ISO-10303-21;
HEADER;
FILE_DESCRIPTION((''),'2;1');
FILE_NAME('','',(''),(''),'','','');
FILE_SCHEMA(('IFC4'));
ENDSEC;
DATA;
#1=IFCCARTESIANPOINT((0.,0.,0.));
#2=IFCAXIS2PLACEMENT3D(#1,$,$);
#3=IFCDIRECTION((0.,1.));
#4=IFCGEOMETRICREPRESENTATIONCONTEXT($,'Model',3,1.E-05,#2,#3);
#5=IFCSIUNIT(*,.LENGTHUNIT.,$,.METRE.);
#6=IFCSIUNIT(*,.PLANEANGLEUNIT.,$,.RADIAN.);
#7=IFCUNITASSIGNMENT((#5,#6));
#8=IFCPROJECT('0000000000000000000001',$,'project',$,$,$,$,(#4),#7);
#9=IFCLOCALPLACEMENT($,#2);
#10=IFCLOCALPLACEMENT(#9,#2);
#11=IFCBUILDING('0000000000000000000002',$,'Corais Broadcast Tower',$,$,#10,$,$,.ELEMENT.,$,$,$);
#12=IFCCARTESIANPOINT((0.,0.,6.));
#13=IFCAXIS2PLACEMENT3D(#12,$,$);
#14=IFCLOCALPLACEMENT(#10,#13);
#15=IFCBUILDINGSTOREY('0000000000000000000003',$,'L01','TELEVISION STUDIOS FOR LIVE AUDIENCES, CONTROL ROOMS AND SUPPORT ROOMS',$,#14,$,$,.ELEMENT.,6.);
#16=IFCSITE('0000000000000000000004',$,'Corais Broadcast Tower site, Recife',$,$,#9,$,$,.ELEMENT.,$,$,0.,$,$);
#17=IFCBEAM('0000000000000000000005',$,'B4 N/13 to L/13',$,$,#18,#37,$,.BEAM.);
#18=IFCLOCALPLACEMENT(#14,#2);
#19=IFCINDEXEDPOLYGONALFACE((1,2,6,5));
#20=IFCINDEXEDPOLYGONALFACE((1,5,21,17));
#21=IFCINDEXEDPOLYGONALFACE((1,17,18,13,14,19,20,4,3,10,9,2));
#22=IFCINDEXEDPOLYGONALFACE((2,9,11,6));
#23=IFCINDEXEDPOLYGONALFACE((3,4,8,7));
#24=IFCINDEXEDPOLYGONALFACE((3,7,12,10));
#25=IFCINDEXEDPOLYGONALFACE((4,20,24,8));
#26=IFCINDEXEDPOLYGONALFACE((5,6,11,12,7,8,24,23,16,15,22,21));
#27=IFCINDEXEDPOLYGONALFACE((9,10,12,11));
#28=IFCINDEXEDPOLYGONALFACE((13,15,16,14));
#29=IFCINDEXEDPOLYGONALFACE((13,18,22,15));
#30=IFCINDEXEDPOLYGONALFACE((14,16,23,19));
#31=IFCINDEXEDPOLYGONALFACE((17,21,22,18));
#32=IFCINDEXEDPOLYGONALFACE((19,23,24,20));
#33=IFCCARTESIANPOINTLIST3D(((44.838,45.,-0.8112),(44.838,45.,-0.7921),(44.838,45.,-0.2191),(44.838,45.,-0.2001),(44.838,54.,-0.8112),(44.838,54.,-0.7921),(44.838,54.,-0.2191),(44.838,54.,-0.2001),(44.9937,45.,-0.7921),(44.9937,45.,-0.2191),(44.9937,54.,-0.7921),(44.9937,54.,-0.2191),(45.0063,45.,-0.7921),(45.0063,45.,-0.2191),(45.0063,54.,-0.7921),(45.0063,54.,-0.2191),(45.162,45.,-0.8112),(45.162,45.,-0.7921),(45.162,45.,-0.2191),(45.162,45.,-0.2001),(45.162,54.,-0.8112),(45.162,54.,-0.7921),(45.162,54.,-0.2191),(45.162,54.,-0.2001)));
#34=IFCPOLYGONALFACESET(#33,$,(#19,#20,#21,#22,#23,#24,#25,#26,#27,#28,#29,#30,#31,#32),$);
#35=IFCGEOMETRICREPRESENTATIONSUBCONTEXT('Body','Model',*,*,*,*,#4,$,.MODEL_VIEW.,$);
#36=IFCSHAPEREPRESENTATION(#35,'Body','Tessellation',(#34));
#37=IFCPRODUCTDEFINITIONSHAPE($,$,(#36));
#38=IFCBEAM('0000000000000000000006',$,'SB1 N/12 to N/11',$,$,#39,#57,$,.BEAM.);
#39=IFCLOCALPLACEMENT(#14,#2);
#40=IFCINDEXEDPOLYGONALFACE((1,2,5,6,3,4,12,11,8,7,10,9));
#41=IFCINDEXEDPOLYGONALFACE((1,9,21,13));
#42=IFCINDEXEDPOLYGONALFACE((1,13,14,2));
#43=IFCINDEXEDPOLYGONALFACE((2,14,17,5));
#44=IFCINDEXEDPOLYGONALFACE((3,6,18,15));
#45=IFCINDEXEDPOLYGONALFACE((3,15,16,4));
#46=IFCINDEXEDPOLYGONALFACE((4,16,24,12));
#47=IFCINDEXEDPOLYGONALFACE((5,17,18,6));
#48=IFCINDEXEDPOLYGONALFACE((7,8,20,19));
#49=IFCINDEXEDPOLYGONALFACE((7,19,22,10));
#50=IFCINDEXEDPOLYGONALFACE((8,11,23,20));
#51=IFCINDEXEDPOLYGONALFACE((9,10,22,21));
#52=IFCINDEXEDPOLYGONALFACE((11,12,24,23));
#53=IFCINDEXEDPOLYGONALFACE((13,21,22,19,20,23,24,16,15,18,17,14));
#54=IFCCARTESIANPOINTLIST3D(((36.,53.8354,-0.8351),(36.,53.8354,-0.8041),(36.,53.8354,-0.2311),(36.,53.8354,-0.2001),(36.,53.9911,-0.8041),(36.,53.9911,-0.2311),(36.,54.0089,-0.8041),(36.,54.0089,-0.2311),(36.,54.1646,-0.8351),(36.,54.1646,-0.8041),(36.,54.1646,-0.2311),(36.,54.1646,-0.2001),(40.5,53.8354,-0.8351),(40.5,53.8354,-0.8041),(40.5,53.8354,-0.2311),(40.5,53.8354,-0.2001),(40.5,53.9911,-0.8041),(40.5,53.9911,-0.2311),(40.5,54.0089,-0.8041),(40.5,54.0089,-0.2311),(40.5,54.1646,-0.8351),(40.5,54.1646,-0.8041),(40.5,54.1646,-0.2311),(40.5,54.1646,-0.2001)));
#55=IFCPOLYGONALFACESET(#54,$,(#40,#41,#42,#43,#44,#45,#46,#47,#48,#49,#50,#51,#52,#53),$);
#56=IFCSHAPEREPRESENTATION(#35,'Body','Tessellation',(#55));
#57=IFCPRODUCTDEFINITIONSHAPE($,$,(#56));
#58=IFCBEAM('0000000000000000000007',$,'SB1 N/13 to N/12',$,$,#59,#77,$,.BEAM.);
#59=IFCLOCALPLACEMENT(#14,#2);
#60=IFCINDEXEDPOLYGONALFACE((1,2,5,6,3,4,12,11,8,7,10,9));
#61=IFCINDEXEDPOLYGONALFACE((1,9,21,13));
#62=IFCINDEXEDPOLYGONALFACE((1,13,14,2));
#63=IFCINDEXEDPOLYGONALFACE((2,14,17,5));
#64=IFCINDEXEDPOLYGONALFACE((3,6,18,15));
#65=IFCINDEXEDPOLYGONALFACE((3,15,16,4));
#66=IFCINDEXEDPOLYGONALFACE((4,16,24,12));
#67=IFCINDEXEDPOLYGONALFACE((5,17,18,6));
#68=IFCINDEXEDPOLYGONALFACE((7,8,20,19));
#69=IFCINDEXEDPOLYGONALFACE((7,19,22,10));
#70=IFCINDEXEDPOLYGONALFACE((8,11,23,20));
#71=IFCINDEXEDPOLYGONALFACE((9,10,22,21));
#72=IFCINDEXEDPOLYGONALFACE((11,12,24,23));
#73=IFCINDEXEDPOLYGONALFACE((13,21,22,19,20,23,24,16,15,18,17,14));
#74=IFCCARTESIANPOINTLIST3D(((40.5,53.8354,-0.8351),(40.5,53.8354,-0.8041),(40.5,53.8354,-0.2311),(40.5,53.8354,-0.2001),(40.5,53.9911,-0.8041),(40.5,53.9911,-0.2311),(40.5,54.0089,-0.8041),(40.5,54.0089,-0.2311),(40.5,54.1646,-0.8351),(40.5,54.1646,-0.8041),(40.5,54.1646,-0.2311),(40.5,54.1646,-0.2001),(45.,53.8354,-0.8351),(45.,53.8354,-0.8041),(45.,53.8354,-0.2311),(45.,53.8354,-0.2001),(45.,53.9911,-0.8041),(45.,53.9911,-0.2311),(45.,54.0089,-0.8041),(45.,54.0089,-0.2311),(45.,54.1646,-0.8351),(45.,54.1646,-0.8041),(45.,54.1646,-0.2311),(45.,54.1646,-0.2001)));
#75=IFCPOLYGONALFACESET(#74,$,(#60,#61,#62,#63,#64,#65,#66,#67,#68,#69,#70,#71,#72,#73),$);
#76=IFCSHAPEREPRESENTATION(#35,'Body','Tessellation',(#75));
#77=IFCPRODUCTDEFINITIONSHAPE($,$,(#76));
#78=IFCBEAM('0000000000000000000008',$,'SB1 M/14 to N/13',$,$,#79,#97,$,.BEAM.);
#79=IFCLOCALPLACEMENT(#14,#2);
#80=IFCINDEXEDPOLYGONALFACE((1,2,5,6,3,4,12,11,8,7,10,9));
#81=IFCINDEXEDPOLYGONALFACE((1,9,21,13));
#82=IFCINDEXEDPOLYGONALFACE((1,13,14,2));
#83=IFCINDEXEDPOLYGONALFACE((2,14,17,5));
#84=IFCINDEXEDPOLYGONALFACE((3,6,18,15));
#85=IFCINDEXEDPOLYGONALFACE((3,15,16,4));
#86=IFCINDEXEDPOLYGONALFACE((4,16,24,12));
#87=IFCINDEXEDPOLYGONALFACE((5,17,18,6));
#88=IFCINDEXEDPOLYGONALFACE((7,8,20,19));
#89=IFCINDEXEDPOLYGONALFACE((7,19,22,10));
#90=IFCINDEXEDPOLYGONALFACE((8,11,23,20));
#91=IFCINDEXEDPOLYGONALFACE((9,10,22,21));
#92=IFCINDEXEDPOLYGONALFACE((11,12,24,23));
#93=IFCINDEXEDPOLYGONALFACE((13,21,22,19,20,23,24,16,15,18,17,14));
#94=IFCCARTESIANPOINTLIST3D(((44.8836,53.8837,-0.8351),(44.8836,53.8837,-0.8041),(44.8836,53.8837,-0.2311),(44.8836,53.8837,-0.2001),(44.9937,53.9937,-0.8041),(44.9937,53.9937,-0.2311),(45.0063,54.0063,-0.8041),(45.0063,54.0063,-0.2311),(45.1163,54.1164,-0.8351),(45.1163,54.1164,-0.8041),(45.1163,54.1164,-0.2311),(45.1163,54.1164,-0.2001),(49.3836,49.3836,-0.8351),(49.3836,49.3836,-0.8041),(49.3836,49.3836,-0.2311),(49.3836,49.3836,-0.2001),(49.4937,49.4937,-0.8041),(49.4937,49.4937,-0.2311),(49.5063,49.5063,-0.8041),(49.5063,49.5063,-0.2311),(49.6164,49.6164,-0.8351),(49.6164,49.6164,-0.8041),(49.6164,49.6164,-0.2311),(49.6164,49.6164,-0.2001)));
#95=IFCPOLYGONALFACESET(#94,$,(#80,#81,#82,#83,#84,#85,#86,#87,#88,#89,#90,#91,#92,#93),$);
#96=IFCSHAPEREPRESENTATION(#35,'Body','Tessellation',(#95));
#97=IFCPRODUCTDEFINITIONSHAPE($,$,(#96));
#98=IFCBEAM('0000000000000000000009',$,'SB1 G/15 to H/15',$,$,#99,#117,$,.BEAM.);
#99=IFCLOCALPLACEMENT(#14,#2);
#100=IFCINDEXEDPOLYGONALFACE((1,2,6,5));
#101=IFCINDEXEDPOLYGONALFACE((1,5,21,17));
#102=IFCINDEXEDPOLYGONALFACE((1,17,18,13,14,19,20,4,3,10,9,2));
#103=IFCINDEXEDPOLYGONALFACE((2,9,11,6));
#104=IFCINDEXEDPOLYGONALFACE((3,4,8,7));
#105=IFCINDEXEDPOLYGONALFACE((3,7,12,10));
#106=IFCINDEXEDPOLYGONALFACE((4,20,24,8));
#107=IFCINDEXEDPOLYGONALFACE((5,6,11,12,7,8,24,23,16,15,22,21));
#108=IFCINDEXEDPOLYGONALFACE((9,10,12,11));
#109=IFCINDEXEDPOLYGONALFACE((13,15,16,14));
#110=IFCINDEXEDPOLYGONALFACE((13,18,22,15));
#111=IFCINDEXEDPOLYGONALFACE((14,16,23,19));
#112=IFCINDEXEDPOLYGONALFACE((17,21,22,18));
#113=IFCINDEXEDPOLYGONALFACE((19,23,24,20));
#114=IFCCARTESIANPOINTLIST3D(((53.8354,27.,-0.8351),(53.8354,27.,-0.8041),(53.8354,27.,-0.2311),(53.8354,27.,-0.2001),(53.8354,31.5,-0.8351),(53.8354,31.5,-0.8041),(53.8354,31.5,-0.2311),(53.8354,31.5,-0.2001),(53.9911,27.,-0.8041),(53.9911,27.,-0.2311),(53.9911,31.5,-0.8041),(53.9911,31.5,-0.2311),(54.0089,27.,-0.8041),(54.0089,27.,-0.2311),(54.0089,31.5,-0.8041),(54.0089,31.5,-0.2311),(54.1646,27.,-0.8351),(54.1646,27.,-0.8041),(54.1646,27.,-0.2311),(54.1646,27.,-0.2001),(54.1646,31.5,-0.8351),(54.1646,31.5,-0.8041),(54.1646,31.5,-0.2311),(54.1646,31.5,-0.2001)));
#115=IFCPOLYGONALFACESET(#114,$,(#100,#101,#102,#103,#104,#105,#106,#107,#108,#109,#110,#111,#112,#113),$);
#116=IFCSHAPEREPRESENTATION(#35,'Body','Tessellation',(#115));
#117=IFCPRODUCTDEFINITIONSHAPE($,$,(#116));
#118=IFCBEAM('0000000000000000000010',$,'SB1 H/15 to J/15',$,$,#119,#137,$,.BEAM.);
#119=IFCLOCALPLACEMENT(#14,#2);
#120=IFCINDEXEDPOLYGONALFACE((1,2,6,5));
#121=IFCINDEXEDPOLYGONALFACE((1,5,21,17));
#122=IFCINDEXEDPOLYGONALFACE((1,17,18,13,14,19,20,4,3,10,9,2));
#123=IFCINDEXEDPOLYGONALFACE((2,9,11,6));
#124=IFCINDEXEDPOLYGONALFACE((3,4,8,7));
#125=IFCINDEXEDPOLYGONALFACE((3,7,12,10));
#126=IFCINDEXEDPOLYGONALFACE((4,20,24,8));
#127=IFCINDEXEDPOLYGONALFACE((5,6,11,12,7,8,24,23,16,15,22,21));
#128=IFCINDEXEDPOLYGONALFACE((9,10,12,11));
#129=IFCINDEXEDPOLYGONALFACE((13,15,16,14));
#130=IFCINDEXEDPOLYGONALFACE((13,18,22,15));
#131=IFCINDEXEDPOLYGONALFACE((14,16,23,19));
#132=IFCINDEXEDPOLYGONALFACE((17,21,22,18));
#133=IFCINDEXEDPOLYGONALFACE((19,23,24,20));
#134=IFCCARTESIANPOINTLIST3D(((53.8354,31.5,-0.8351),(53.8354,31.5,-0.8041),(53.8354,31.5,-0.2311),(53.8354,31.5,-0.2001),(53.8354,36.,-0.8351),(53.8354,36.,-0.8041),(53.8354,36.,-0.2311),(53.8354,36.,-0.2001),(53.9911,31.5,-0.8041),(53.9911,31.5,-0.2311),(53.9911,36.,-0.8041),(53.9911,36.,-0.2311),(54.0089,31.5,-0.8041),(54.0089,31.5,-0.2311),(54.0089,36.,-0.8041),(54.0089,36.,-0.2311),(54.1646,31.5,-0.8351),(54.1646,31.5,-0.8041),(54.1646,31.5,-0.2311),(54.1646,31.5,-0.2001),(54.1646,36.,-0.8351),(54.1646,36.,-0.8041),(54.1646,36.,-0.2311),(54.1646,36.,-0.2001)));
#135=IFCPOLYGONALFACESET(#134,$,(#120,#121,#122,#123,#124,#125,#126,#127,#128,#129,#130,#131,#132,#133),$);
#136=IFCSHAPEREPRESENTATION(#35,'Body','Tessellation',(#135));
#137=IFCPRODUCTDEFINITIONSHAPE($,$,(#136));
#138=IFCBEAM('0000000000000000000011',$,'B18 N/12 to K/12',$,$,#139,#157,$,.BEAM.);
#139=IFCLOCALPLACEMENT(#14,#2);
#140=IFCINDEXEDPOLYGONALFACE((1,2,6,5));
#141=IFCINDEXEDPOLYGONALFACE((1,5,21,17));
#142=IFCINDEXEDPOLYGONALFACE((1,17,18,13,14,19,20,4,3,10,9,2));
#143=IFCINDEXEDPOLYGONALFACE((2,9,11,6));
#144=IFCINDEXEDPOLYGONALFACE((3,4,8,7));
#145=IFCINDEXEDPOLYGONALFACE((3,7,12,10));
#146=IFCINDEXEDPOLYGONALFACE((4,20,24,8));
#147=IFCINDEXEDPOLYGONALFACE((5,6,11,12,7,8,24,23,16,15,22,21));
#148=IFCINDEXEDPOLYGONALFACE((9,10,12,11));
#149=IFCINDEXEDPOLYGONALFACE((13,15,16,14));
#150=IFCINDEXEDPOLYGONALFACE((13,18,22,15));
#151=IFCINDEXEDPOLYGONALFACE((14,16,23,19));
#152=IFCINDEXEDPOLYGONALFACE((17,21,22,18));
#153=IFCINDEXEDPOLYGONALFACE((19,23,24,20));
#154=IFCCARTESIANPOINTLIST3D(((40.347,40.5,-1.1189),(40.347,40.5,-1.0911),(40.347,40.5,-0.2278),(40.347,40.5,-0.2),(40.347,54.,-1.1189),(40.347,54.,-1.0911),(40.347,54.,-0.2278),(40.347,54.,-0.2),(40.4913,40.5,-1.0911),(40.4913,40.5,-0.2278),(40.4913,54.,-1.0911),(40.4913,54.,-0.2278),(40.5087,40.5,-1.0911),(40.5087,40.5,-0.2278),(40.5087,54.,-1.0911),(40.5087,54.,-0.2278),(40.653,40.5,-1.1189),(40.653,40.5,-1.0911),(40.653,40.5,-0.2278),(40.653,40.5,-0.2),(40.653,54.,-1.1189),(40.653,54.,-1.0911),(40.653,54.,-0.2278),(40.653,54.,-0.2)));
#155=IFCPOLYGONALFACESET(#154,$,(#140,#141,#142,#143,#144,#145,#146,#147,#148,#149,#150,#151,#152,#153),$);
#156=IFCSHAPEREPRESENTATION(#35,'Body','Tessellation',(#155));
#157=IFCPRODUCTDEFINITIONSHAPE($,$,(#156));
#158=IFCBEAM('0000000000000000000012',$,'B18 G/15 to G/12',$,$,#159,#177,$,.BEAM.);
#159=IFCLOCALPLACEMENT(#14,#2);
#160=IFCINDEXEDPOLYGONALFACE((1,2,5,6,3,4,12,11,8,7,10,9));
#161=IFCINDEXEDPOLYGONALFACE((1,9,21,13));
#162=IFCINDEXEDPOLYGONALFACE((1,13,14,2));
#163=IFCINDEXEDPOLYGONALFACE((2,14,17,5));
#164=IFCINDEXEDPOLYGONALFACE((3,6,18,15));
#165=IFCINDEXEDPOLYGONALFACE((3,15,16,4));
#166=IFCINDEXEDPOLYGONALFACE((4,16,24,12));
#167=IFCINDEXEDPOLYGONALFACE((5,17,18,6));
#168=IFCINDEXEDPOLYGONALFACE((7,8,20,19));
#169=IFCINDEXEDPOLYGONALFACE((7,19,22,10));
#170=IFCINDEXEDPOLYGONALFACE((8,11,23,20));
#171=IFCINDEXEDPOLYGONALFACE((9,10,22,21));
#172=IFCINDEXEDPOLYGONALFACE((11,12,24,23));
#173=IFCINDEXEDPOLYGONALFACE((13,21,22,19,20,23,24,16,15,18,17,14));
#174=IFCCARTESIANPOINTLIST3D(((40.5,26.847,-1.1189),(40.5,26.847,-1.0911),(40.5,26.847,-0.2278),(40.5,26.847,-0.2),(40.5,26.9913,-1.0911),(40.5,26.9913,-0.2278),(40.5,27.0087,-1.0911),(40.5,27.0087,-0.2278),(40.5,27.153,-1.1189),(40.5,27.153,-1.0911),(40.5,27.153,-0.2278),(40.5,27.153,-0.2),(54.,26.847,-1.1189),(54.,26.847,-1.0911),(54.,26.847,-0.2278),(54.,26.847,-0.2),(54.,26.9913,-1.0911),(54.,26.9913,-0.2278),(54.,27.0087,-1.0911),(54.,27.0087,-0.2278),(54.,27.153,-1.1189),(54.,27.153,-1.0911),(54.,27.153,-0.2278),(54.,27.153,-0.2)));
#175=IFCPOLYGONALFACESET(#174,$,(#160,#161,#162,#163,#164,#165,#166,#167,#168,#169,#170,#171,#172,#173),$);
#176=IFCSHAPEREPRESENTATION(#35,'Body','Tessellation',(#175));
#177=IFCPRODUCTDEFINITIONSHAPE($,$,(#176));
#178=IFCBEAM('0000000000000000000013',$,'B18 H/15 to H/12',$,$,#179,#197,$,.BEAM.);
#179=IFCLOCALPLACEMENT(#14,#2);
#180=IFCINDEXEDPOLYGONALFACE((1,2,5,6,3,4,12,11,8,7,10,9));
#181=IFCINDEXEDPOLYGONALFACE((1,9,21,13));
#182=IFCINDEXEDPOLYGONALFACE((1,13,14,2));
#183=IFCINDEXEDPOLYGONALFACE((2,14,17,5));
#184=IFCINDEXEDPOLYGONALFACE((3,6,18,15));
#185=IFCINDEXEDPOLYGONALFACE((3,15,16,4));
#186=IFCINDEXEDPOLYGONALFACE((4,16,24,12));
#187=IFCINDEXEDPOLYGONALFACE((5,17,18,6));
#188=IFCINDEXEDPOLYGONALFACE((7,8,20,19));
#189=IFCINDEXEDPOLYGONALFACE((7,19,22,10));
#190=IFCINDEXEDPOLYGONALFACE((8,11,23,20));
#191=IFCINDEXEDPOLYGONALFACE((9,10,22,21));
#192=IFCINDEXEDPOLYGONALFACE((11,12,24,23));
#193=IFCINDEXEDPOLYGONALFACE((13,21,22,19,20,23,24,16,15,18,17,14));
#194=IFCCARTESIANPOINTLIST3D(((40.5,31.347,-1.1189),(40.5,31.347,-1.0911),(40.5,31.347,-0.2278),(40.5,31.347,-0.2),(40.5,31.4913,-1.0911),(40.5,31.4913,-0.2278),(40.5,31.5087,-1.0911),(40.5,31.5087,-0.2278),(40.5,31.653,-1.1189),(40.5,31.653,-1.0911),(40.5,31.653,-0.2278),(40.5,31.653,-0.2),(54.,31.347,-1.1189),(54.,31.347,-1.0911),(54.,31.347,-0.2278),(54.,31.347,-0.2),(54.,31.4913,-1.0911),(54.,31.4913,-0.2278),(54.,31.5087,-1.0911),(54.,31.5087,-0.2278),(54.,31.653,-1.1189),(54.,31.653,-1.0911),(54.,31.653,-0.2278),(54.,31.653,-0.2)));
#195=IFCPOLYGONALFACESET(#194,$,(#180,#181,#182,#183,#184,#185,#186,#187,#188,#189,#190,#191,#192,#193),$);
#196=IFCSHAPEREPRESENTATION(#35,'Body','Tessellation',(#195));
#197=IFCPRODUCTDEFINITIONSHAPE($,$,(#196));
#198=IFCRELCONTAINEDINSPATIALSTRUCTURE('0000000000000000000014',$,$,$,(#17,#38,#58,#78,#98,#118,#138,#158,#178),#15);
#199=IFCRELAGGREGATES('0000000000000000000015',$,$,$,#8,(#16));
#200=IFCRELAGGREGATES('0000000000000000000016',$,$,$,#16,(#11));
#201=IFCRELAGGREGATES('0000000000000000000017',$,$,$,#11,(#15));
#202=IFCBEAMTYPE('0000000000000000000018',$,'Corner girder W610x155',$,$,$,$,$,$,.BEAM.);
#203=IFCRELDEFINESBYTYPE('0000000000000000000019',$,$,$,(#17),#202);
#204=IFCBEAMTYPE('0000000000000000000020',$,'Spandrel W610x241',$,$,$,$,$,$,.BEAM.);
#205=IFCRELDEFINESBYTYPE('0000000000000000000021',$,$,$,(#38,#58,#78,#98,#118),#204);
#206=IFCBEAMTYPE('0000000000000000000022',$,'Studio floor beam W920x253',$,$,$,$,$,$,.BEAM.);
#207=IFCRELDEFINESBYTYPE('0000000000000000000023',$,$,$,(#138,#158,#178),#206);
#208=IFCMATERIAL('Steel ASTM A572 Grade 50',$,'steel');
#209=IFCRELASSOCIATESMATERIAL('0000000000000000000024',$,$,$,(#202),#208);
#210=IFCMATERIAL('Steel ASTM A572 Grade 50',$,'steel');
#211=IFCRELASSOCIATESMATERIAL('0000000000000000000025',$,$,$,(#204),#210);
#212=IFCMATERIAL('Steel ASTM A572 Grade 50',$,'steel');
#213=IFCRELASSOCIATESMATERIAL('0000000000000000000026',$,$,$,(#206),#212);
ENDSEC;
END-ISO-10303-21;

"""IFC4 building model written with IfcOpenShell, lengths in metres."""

from ifc_helpers import new_model, si_unit, direction, frame, origin, origin_2d, place, context, subcontext, project, spatial, i_section, extrude, material, material_profile, profile_set, type_object, element, save


model = new_model("IFC4")

# Units and contexts
model_context = context("Model", 3, precision=1e-05, world=origin(), true_north=direction((0.0, 1.0)))
body_context = subcontext(model_context, "Body", "Model", "MODEL_VIEW")
ifc_project = project(units=[si_unit("LENGTHUNIT", "METRE"), si_unit("PLANEANGLEUNIT", "RADIAN")], contexts=[model_context])

# Site, building, storey
site_placement = place(None, origin())
site = spatial("IfcSite", under=ifc_project, at=site_placement, Name="Corais Broadcast Tower site, Recife", CompositionType="ELEMENT", RefElevation=0.0)
building_placement = place(site_placement, origin())
building = spatial("IfcBuilding", under=site, at=building_placement, Name="Corais Broadcast Tower", CompositionType="ELEMENT")
storey_placement = place(building_placement, frame((0.0, 0.0, 6.0)))
storey = spatial("IfcBuildingStorey", under=building, at=storey_placement, Name="L01", Description="TELEVISION STUDIOS FOR LIVE AUDIENCES, CONTROL ROOMS AND SUPPORT ROOMS", CompositionType="ELEMENT", Elevation=6.0)

# Beams
ifc_material_1 = material(Name="Steel ASTM A572 Grade 50", Category="steel")
ifc_material_profile_1 = material_profile(ifc_material_1, i_section(OverallWidth=0.324, OverallDepth=0.6111, WebThickness=0.0127, FlangeThickness=0.019, at=origin_2d()), Name="W610x155")
ifc_profile_set_1 = profile_set([ifc_material_profile_1], Name="Steel ASTM A572 Grade 50")
beam_type_1 = type_object("IfcBeamType", Name="Corner girder W610x155", PredefinedType="BEAM", material=ifc_profile_set_1)
beam_1_placement = place(storey_placement, frame((45.0, 54.0, -0.5056), z_axis=(0.0, -1.0, 0.0), x_axis=(1.0, 0.0, 0.0)))
element("IfcBeam", 1, at=beam_1_placement, inside=storey, type_object=beam_type_1, Name="B4 N/13 to L/13", PredefinedType="BEAM", context=body_context, shape_type="SweptSolid", body=[
    extrude(i_section(OverallWidth=0.324, OverallDepth=0.6111, WebThickness=0.0127, FlangeThickness=0.019, at=origin_2d()), origin(), (0.0, 0.0, 1.0), 9.0),
])
ifc_material_2 = material(Name="Steel ASTM A572 Grade 50", Category="steel")
ifc_material_profile_2 = material_profile(ifc_material_2, i_section(OverallWidth=0.3291, OverallDepth=0.635, WebThickness=0.0178, FlangeThickness=0.031, at=origin_2d()), Name="W610x241")
ifc_profile_set_2 = profile_set([ifc_material_profile_2], Name="Steel ASTM A572 Grade 50")
beam_type_2 = type_object("IfcBeamType", Name="Spandrel W610x241", PredefinedType="BEAM", material=ifc_profile_set_2)
for number, where, z_axis, x_axis, name in (
    (2, (40.5, 54.0, -0.5176), (-1.0, 0.0, 0.0), (0.0, -1.0, 0.0), "SB1 N/12 to N/11"),
    (3, (45.0, 54.0, -0.5176), (-1.0, 0.0, 0.0), (0.0, -1.0, 0.0), "SB1 N/13 to N/12"),
):
    element("IfcBeam", number, at=place(storey_placement, frame(where, z_axis=z_axis, x_axis=x_axis)), inside=storey, type_object=beam_type_2, Name=name, PredefinedType="BEAM", context=body_context, shape_type="SweptSolid", body=[
        extrude(i_section(OverallWidth=0.3291, OverallDepth=0.635, WebThickness=0.0178, FlangeThickness=0.031, at=origin_2d()), origin(), (0.0, 0.0, 1.0), 4.5),
    ])
beam_2_placement = place(storey_placement, frame((49.5, 49.5, -0.5176), z_axis=(-0.707107, 0.707107, 0.0), x_axis=(-0.707107, -0.707107, 0.0)))
element("IfcBeam", 4, at=beam_2_placement, inside=storey, type_object=beam_type_2, Name="SB1 M/14 to N/13", PredefinedType="BEAM", context=body_context, shape_type="SweptSolid", body=[
    extrude(i_section(OverallWidth=0.3291, OverallDepth=0.635, WebThickness=0.0178, FlangeThickness=0.031, at=origin_2d()), origin(), (0.0, 0.0, 1.0), 6.364),
])
for number, where, z_axis, x_axis, name in (
    (5, (54.0, 27.0, -0.5176), (0.0, 1.0, 0.0), (-1.0, 0.0, 0.0), "SB1 G/15 to H/15"),
    (6, (54.0, 31.5, -0.5176), (0.0, 1.0, 0.0), (-1.0, 0.0, 0.0), "SB1 H/15 to J/15"),
):
    element("IfcBeam", number, at=place(storey_placement, frame(where, z_axis=z_axis, x_axis=x_axis)), inside=storey, type_object=beam_type_2, Name=name, PredefinedType="BEAM", context=body_context, shape_type="SweptSolid", body=[
        extrude(i_section(OverallWidth=0.3291, OverallDepth=0.635, WebThickness=0.0178, FlangeThickness=0.031, at=origin_2d()), origin(), (0.0, 0.0, 1.0), 4.5),
    ])
ifc_material_3 = material(Name="Steel ASTM A572 Grade 50", Category="steel")
ifc_material_profile_3 = material_profile(ifc_material_3, i_section(OverallWidth=0.3059, OverallDepth=0.9189, WebThickness=0.0173, FlangeThickness=0.0278, at=origin_2d()), Name="W920x253")
ifc_profile_set_3 = profile_set([ifc_material_profile_3], Name="Steel ASTM A572 Grade 50")
beam_type_3 = type_object("IfcBeamType", Name="Studio floor beam W920x253", PredefinedType="BEAM", material=ifc_profile_set_3)
for number, where, z_axis, x_axis, name in (
    (7, (40.5, 54.0, -0.6594), (0.0, -1.0, 0.0), (1.0, 0.0, 0.0), "B18 N/12 to K/12"),
    (8, (54.0, 27.0, -0.6594), (-1.0, 0.0, 0.0), (0.0, -1.0, 0.0), "B18 G/15 to G/12"),
    (9, (54.0, 31.5, -0.6594), (-1.0, 0.0, 0.0), (0.0, -1.0, 0.0), "B18 H/15 to H/12"),
):
    element("IfcBeam", number, at=place(storey_placement, frame(where, z_axis=z_axis, x_axis=x_axis)), inside=storey, type_object=beam_type_3, Name=name, PredefinedType="BEAM", context=body_context, shape_type="SweptSolid", body=[
        extrude(i_section(OverallWidth=0.3059, OverallDepth=0.9189, WebThickness=0.0173, FlangeThickness=0.0278, at=origin_2d()), origin(), (0.0, 0.0, 1.0), 13.5),
    ])

save(model, "model.ifc")
